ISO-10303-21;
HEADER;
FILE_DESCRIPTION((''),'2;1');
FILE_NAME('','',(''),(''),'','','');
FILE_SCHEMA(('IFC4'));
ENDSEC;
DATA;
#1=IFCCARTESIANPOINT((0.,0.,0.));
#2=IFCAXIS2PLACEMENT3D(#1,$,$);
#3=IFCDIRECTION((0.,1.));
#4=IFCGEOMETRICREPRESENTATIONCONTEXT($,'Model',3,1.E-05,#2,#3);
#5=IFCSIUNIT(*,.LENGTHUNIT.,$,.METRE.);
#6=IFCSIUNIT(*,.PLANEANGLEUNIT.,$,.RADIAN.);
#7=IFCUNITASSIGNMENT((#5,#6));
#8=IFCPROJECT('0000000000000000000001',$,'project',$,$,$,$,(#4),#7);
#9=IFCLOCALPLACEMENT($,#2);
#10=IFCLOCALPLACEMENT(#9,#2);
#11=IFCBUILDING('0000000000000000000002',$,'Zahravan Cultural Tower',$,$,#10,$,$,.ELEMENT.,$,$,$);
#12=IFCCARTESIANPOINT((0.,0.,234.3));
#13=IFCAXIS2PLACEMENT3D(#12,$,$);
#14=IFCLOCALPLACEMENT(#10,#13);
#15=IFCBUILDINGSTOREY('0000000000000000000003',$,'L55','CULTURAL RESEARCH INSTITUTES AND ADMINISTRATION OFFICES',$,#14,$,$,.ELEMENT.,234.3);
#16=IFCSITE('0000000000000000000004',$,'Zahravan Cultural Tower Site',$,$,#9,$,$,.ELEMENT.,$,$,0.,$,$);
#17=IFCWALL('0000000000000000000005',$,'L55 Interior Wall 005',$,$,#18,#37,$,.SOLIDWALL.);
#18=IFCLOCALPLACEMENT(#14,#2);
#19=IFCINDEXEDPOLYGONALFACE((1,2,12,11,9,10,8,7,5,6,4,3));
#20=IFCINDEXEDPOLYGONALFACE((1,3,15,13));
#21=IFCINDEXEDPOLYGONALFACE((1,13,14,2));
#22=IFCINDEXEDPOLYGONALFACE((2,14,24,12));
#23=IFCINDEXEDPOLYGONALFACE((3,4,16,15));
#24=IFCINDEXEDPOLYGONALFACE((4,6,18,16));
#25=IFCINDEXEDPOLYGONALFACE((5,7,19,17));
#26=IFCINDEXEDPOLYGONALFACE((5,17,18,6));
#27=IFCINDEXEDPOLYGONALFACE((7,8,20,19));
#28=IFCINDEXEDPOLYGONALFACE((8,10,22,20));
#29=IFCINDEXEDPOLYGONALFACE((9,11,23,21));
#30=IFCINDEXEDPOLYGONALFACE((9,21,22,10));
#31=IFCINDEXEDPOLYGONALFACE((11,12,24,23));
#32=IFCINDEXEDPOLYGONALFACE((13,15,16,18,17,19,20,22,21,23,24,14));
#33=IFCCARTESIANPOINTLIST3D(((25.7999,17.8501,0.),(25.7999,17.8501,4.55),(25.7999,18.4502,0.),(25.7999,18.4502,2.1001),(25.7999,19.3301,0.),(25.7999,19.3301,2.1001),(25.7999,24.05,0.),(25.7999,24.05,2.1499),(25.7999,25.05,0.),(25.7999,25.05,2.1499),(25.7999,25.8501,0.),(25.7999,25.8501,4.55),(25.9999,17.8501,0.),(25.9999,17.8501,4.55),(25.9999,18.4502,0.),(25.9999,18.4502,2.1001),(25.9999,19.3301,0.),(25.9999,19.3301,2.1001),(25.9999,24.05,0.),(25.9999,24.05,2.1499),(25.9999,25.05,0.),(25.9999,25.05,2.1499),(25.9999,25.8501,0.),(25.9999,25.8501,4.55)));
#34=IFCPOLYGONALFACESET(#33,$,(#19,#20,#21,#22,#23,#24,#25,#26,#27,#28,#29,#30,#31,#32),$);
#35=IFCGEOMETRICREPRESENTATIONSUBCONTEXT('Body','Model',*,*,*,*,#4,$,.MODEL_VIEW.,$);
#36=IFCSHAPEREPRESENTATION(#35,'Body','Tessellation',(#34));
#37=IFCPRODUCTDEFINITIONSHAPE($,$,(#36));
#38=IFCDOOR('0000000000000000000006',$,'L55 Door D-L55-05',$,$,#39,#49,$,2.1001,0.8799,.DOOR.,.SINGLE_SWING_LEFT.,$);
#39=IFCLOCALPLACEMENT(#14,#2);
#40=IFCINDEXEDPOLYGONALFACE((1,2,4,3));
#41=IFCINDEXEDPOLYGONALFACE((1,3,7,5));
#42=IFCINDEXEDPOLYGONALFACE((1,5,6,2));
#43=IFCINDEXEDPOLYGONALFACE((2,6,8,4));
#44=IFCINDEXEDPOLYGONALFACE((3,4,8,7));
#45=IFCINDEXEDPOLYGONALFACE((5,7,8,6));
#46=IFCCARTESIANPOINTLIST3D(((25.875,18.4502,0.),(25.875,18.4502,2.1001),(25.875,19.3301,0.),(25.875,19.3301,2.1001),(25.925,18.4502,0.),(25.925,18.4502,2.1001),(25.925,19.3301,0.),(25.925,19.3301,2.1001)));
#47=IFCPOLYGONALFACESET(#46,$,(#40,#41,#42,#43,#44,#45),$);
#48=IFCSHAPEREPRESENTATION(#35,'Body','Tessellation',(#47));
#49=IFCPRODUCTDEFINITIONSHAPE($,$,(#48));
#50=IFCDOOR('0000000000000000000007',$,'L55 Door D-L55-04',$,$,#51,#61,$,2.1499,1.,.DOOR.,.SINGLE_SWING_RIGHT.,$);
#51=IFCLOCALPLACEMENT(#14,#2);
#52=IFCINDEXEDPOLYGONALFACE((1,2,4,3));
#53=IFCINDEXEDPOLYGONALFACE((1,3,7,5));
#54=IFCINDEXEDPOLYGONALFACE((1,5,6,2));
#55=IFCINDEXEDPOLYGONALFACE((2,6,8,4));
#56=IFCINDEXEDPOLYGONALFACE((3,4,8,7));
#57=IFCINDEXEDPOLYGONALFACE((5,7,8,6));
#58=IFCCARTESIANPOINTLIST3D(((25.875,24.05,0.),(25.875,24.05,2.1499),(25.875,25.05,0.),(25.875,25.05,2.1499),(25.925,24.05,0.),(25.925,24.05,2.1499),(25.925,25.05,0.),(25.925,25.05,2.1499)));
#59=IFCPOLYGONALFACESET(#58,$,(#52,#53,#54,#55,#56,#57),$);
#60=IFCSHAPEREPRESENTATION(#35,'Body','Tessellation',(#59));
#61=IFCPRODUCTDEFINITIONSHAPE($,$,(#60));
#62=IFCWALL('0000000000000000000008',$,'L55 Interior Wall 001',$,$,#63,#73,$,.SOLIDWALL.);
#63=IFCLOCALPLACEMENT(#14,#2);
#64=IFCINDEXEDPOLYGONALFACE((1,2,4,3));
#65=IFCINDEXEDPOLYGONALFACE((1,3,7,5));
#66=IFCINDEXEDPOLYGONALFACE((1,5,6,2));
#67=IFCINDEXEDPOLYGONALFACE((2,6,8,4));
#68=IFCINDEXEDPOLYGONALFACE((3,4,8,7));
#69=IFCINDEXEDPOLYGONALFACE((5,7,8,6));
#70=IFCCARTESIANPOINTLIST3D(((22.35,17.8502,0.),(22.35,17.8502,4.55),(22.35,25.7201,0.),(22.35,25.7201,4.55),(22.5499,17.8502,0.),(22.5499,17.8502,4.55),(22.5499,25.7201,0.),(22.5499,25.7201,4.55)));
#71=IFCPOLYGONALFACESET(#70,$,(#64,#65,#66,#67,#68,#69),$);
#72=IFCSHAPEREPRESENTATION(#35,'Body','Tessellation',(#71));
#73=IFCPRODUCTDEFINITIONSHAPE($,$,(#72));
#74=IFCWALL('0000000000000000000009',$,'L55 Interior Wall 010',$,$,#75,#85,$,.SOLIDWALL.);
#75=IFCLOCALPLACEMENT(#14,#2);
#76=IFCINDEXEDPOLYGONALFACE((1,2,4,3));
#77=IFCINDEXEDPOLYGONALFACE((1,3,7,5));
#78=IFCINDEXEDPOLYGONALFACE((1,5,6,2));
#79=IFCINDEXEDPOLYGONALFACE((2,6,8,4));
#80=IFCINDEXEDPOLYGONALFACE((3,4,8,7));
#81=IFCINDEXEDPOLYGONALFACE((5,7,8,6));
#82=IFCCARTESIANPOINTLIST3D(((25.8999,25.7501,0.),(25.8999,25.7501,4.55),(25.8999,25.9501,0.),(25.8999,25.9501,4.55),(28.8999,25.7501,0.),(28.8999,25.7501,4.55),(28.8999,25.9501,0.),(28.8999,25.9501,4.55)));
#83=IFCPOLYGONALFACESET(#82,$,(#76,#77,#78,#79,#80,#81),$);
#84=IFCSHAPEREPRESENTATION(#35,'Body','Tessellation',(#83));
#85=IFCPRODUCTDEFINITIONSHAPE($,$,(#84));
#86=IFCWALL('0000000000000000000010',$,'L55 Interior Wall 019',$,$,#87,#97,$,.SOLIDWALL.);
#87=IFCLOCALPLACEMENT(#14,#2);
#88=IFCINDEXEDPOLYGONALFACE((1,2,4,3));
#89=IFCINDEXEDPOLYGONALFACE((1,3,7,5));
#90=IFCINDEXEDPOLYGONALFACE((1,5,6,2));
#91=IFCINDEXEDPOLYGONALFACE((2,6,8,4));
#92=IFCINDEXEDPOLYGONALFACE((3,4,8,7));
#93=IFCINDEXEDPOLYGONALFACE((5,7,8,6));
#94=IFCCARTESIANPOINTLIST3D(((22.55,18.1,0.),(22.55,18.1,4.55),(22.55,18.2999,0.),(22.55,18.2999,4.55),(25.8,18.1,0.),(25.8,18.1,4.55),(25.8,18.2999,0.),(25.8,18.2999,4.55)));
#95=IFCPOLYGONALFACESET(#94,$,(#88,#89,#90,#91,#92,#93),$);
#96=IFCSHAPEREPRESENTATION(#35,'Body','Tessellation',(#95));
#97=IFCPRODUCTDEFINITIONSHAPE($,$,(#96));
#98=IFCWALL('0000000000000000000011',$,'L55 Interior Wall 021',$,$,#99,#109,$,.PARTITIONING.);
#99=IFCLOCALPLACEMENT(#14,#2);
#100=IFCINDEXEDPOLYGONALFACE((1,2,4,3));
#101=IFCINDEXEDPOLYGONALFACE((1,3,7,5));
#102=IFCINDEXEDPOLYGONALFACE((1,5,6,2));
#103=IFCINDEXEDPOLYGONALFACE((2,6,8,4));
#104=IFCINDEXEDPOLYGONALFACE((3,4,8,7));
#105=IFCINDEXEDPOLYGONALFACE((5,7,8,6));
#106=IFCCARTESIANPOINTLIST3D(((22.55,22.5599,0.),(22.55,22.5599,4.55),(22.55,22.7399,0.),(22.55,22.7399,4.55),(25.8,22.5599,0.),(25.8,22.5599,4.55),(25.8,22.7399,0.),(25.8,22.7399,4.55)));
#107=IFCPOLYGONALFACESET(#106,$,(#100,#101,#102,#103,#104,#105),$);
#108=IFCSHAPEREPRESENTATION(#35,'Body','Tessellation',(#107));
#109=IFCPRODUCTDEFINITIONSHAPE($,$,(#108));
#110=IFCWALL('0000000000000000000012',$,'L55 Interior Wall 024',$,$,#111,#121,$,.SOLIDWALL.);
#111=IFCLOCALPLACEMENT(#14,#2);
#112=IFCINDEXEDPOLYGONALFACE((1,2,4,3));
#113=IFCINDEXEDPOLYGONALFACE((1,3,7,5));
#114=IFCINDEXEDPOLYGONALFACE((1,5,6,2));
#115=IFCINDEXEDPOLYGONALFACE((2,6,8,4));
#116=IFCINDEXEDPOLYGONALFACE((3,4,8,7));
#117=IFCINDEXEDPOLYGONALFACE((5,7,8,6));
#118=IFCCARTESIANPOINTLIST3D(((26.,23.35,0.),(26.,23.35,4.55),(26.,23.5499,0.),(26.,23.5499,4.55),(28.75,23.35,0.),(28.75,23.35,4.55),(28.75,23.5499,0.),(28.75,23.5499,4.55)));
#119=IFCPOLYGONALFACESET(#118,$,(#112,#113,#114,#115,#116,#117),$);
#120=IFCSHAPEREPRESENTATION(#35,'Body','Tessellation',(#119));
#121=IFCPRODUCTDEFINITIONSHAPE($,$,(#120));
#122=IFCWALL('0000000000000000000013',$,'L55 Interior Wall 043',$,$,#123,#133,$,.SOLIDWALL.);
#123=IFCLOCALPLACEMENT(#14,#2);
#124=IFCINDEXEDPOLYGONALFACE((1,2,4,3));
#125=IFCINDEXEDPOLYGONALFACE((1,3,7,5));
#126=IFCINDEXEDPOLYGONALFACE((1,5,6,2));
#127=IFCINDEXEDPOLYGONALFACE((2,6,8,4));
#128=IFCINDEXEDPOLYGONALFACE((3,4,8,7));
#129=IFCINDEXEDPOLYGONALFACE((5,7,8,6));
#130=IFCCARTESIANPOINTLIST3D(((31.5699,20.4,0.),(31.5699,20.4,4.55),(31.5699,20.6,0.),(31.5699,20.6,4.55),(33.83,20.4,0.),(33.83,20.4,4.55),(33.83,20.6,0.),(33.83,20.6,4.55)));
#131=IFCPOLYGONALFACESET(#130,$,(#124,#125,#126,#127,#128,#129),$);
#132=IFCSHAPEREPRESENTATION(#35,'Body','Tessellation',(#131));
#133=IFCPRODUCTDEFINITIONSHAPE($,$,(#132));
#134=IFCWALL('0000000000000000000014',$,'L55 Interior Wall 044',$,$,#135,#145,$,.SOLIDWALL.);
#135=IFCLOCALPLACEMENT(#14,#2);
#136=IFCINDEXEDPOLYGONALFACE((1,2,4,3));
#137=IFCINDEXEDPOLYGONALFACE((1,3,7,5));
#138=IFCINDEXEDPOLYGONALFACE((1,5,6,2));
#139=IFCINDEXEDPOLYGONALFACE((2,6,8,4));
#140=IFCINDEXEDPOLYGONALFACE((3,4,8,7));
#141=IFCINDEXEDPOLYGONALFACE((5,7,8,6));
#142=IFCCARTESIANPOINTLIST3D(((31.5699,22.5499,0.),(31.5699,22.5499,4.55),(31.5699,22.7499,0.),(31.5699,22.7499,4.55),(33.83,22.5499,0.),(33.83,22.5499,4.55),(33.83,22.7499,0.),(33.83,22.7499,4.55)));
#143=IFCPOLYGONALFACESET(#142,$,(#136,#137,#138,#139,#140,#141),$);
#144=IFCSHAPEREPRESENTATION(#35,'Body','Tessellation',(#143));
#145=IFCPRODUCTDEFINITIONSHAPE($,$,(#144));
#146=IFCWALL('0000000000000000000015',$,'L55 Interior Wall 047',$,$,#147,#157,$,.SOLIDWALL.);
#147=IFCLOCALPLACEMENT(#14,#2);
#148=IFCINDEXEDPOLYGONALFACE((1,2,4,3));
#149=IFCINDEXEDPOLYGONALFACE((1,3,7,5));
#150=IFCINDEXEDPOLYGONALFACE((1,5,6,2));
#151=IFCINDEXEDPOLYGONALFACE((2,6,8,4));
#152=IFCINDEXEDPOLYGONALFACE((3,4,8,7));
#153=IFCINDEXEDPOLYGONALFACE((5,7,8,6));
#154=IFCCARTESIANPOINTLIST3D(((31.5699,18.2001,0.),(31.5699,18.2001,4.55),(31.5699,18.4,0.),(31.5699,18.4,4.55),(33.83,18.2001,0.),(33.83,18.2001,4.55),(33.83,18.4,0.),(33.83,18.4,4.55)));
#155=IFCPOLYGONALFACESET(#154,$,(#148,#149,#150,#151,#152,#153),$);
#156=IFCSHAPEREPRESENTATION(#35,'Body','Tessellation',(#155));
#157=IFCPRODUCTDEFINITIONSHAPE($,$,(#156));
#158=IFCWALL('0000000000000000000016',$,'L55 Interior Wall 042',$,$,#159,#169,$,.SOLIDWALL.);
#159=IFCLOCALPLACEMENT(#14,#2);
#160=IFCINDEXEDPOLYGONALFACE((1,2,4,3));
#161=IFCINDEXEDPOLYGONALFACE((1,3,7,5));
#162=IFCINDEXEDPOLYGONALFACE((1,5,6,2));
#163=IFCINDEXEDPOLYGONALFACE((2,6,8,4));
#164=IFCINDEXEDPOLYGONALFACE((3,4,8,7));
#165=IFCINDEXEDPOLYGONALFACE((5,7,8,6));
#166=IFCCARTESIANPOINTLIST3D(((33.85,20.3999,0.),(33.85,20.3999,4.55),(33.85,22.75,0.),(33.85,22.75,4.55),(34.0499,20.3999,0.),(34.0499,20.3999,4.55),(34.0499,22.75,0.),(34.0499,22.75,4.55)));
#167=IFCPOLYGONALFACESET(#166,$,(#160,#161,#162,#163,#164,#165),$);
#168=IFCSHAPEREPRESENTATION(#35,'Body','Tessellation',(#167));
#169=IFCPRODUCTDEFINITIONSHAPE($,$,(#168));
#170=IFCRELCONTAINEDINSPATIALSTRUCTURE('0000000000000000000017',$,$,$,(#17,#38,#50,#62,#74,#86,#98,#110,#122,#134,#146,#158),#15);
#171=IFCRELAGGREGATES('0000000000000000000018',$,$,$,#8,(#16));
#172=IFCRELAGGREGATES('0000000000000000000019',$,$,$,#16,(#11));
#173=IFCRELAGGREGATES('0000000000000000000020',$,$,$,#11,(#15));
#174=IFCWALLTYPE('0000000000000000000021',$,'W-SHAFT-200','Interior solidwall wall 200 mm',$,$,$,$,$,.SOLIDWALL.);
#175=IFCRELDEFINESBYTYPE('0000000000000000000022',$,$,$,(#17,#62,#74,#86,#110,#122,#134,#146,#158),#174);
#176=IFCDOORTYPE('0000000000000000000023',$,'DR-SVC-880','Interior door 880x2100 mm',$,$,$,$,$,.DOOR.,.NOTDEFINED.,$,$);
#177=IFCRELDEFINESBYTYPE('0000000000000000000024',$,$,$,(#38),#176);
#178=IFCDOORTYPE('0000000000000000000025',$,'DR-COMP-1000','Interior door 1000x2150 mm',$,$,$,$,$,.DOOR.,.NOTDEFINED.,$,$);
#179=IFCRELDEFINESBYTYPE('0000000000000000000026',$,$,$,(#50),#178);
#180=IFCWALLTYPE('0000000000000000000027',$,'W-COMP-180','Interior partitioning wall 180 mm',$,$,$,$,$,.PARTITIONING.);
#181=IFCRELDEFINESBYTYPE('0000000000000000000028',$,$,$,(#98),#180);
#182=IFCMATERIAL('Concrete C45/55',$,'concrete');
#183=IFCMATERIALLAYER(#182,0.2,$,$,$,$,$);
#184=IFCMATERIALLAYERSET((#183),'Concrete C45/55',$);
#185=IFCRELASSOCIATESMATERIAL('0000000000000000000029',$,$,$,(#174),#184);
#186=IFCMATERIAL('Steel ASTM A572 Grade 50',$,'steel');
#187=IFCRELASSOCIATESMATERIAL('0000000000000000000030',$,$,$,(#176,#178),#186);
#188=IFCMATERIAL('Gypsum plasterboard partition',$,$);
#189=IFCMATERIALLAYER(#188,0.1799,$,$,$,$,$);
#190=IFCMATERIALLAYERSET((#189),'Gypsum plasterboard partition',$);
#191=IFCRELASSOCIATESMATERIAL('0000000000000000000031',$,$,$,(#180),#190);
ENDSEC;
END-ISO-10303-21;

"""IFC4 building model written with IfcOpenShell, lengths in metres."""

from ifc_helpers import new_model, si_unit, direction, frame, frame_2d, origin, place, context, subcontext, project, spatial, rectangle, extrude, source, transform, mapped, material, layer, layer_set, type_object, element, fill, save


model = new_model("IFC4")

# Units and contexts
model_context = context("Model", 3, precision=1e-05, world=origin(), true_north=direction((0.0, 1.0)))
body_context = subcontext(model_context, "Body", "Model", "MODEL_VIEW")
ifc_project = project(units=[si_unit("LENGTHUNIT", "METRE"), si_unit("PLANEANGLEUNIT", "RADIAN")], contexts=[model_context])

# Site, building, storey
site_placement = place(None, origin())
site = spatial("IfcSite", under=ifc_project, at=site_placement, Name="Zahravan Cultural Tower Site", CompositionType="ELEMENT", RefElevation=0.0)
building_placement = place(site_placement, origin())
building = spatial("IfcBuilding", under=site, at=building_placement, Name="Zahravan Cultural Tower", CompositionType="ELEMENT")
storey_placement = place(building_placement, frame((0.0, 0.0, 234.3)))
storey = spatial("IfcBuildingStorey", under=building, at=storey_placement, Name="L55", Description="CULTURAL RESEARCH INSTITUTES AND ADMINISTRATION OFFICES", CompositionType="ELEMENT", Elevation=234.3)

# Shared definitions
ifc_material_1 = material(Name="Steel ASTM A572 Grade 50", Category="steel")

# Shared definitions
ifc_material_2 = material(Name="Gypsum plasterboard partition")

# Wall, openings, doors
ifc_material_3 = material(Name="Concrete C45/55", Category="concrete")
ifc_layer_1 = layer(ifc_material_3, 0.2)
ifc_layer_set_1 = layer_set([ifc_layer_1], Name="Concrete C45/55")
wall_type_1 = type_object("IfcWallType", Name="W-SHAFT-200", Description="Interior solidwall wall 200 mm", PredefinedType="SOLIDWALL", material=ifc_layer_set_1)
wall_1_placement = place(storey_placement, frame((25.8999, 17.8501, 0.0), z_axis=(0.0, 0.0, 1.0), x_axis=(0.0, 1.0, 0.0)))
wall_1 = element("IfcWall", 1, at=wall_1_placement, inside=storey, type_object=wall_type_1, Name="L55 Interior Wall 005", PredefinedType="SOLIDWALL", context=body_context, shape_type="SweptSolid", body=[
    extrude(rectangle(XDim=8.0, YDim=0.2, at=frame_2d((4.0, 0.0))), origin(), (0.0, 0.0, 1.0), 4.55),
])
opening_1_placement = place(wall_1_placement, frame((6.2, 0.0, 0.0)))
opening_1 = element("IfcOpeningElement", 2, at=opening_1_placement, cuts=wall_1, PredefinedType="OPENING", context=body_context, shape_type="SweptSolid", body=[
    extrude(rectangle(XDim=1.0, YDim=2.1499, at=frame_2d((0.5, 1.075))), frame((0.0, 0.1099, 0.0), z_axis=(0.0, -1.0, 0.0), x_axis=(1.0, 0.0, 0.0)), (0.0, 0.0, 1.0), 0.22),
])
opening_2_placement = place(wall_1_placement, frame((0.6001, 0.0, 0.0)))
opening_2 = element("IfcOpeningElement", 3, at=opening_2_placement, cuts=wall_1, PredefinedType="OPENING", context=body_context, shape_type="SweptSolid", body=[
    extrude(rectangle(XDim=0.8799, YDim=2.1001, at=frame_2d((0.4399, 1.05))), frame((0.0, 0.1099, 0.0), z_axis=(0.0, -1.0, 0.0), x_axis=(1.0, 0.0, 0.0)), (0.0, 0.0, 1.0), 0.22),
])
door_type_1 = type_object("IfcDoorType", Name="DR-SVC-880", Description="Interior door 880x2100 mm", OperationType="NOTDEFINED", PredefinedType="DOOR", material=ifc_material_1)
shared_shape_1 = source(origin(), body_context, "Body", "SweptSolid", [
    extrude(rectangle(XDim=0.8799, YDim=2.1001, at=frame_2d((0.4399, 1.05))), frame((0.0, 0.0249, 0.0), z_axis=(0.0, -1.0, 0.0), x_axis=(1.0, 0.0, 0.0)), (0.0, 0.0, 1.0), 0.05),
])
door_1_placement = place(opening_2_placement, origin())
door_1 = element("IfcDoor", 4, at=door_1_placement, inside=storey, type_object=door_type_1, Name="L55 Door D-L55-05", OperationType="SINGLE_SWING_LEFT", OverallHeight=2.1001, OverallWidth=0.8799, PredefinedType="DOOR", context=body_context, shape_type="MappedRepresentation", body=[
    mapped(shared_shape_1, transform((0.0, 0.0, 0.0), x_axis=(1.0, 0.0, 0.0), y_axis=(0.0, 1.0, 0.0), z_axis=(0.0, 0.0, 1.0), scale=1.0)),
])
fill(opening_2, door_1)
door_type_2 = type_object("IfcDoorType", Name="DR-COMP-1000", Description="Interior door 1000x2150 mm", OperationType="NOTDEFINED", PredefinedType="DOOR", material=ifc_material_1)
shared_shape_2 = source(origin(), body_context, "Body", "SweptSolid", [
    extrude(rectangle(XDim=1.0, YDim=2.1499, at=frame_2d((0.5, 1.075))), frame((0.0, 0.0249, 0.0), z_axis=(0.0, -1.0, 0.0), x_axis=(1.0, 0.0, 0.0)), (0.0, 0.0, 1.0), 0.05),
])
door_2_placement = place(opening_1_placement, origin())
door_2 = element("IfcDoor", 5, at=door_2_placement, inside=storey, type_object=door_type_2, Name="L55 Door D-L55-04", OperationType="SINGLE_SWING_RIGHT", OverallHeight=2.1499, OverallWidth=1.0, PredefinedType="DOOR", context=body_context, shape_type="MappedRepresentation", body=[
    mapped(shared_shape_2, transform((0.0, 0.0, 0.0), x_axis=(1.0, 0.0, 0.0), y_axis=(0.0, 1.0, 0.0), z_axis=(0.0, 0.0, 1.0), scale=1.0)),
])
fill(opening_1, door_2)

# Walls
shared_shape_3 = source(origin(), body_context, "Body", "SweptSolid", [
    extrude(rectangle(XDim=7.8699, YDim=0.2, at=frame_2d((3.9351, 0.0))), origin(), (0.0, 0.0, 1.0), 4.55),
])
wall_2_placement = place(storey_placement, frame((22.45, 17.8501, 0.0), z_axis=(0.0, 0.0, 1.0), x_axis=(0.0, 1.0, 0.0)))
element("IfcWall", 6, at=wall_2_placement, inside=storey, type_object=wall_type_1, Name="L55 Interior Wall 001", PredefinedType="SOLIDWALL", context=body_context, shape_type="MappedRepresentation", body=[
    mapped(shared_shape_3, transform((0.0, 0.0, 0.0), x_axis=(1.0, 0.0, 0.0), y_axis=(0.0, 1.0, 0.0), z_axis=(0.0, 0.0, 1.0), scale=1.0)),
])
shared_shape_4 = source(origin(), body_context, "Body", "SweptSolid", [
    extrude(rectangle(XDim=3.0, YDim=0.2, at=frame_2d((1.5, 0.0))), origin(), (0.0, 0.0, 1.0), 4.55),
])
wall_3_placement = place(storey_placement, frame((25.8999, 25.8501, 0.0), z_axis=(0.0, 0.0, 1.0), x_axis=(1.0, 0.0, 0.0)))
element("IfcWall", 7, at=wall_3_placement, inside=storey, type_object=wall_type_1, Name="L55 Interior Wall 010", PredefinedType="SOLIDWALL", context=body_context, shape_type="MappedRepresentation", body=[
    mapped(shared_shape_4, transform((0.0, 0.0, 0.0), x_axis=(1.0, 0.0, 0.0), y_axis=(0.0, 1.0, 0.0), z_axis=(0.0, 0.0, 1.0), scale=1.0)),
])
shared_shape_5 = source(origin(), body_context, "Body", "SweptSolid", [
    extrude(rectangle(XDim=3.25, YDim=0.2, at=frame_2d((1.625, 0.0))), origin(), (0.0, 0.0, 1.0), 4.55),
])
wall_4_placement = place(storey_placement, frame((22.55, 18.2, 0.0), z_axis=(0.0, 0.0, 1.0), x_axis=(1.0, 0.0, 0.0)))
element("IfcWall", 8, at=wall_4_placement, inside=storey, type_object=wall_type_1, Name="L55 Interior Wall 019", PredefinedType="SOLIDWALL", context=body_context, shape_type="MappedRepresentation", body=[
    mapped(shared_shape_5, transform((0.0, 0.0, 0.0), x_axis=(1.0, 0.0, 0.0), y_axis=(0.0, 1.0, 0.0), z_axis=(0.0, 0.0, 1.0), scale=1.0)),
])
ifc_layer_2 = layer(ifc_material_2, 0.1799)
ifc_layer_set_2 = layer_set([ifc_layer_2], Name="Gypsum plasterboard partition")
wall_type_2 = type_object("IfcWallType", Name="W-COMP-180", Description="Interior partitioning wall 180 mm", PredefinedType="PARTITIONING", material=ifc_layer_set_2)
shared_shape_6 = source(origin(), body_context, "Body", "SweptSolid", [
    extrude(rectangle(XDim=3.25, YDim=0.1799, at=frame_2d((1.625, 0.0))), origin(), (0.0, 0.0, 1.0), 4.55),
])
wall_5_placement = place(storey_placement, frame((22.55, 22.6499, 0.0), z_axis=(0.0, 0.0, 1.0), x_axis=(1.0, 0.0, 0.0)))
element("IfcWall", 9, at=wall_5_placement, inside=storey, type_object=wall_type_2, Name="L55 Interior Wall 021", PredefinedType="PARTITIONING", context=body_context, shape_type="MappedRepresentation", body=[
    mapped(shared_shape_6, transform((0.0, 0.0, 0.0), x_axis=(1.0, 0.0, 0.0), y_axis=(0.0, 1.0, 0.0), z_axis=(0.0, 0.0, 1.0), scale=1.0)),
])
shared_shape_7 = source(origin(), body_context, "Body", "SweptSolid", [
    extrude(rectangle(XDim=2.75, YDim=0.2, at=frame_2d((1.375, 0.0))), origin(), (0.0, 0.0, 1.0), 4.55),
])
wall_6_placement = place(storey_placement, frame((26.0, 23.45, 0.0), z_axis=(0.0, 0.0, 1.0), x_axis=(1.0, 0.0, 0.0)))
element("IfcWall", 10, at=wall_6_placement, inside=storey, type_object=wall_type_1, Name="L55 Interior Wall 024", PredefinedType="SOLIDWALL", context=body_context, shape_type="MappedRepresentation", body=[
    mapped(shared_shape_7, transform((0.0, 0.0, 0.0), x_axis=(1.0, 0.0, 0.0), y_axis=(0.0, 1.0, 0.0), z_axis=(0.0, 0.0, 1.0), scale=1.0)),
])
shared_shape_8 = source(origin(), body_context, "Body", "SweptSolid", [
    extrude(rectangle(XDim=2.26, YDim=0.2, at=frame_2d((1.1299, 0.0))), origin(), (0.0, 0.0, 1.0), 4.55),
])
for number, where, z_axis, x_axis, name in (
    (11, (31.5701, 20.5, 0.0), (0.0, 0.0, 1.0), (1.0, 0.0, 0.0), "L55 Interior Wall 043"),
    (12, (31.5701, 22.6499, 0.0), (0.0, 0.0, 1.0), (1.0, 0.0, 0.0), "L55 Interior Wall 044"),
    (13, (31.5701, 18.3, 0.0), (0.0, 0.0, 1.0), (1.0, 0.0, 0.0), "L55 Interior Wall 047"),
):
    element("IfcWall", number, at=place(storey_placement, frame(where, z_axis=z_axis, x_axis=x_axis)), inside=storey, type_object=wall_type_1, Name=name, PredefinedType="SOLIDWALL", context=body_context, shape_type="MappedRepresentation", body=[
        mapped(shared_shape_8, transform((0.0, 0.0, 0.0), x_axis=(1.0, 0.0, 0.0), y_axis=(0.0, 1.0, 0.0), z_axis=(0.0, 0.0, 1.0), scale=1.0)),
    ])
shared_shape_9 = source(origin(), body_context, "Body", "SweptSolid", [
    extrude(rectangle(XDim=2.3501, YDim=0.2, at=frame_2d((1.175, 0.0))), origin(), (0.0, 0.0, 1.0), 4.55),
])
for number, where, z_axis, x_axis, name in (
    (14, (33.95, 20.3999, 0.0), (0.0, 0.0, 1.0), (0.0, 1.0, 0.0), "L55 Interior Wall 042"),
):
    element("IfcWall", number, at=place(storey_placement, frame(where, z_axis=z_axis, x_axis=x_axis)), inside=storey, type_object=wall_type_1, Name=name, PredefinedType="SOLIDWALL", context=body_context, shape_type="MappedRepresentation", body=[
        mapped(shared_shape_9, transform((0.0, 0.0, 0.0), x_axis=(1.0, 0.0, 0.0), y_axis=(0.0, 1.0, 0.0), z_axis=(0.0, 0.0, 1.0), scale=1.0)),
    ])

save(model, "model.ifc")
